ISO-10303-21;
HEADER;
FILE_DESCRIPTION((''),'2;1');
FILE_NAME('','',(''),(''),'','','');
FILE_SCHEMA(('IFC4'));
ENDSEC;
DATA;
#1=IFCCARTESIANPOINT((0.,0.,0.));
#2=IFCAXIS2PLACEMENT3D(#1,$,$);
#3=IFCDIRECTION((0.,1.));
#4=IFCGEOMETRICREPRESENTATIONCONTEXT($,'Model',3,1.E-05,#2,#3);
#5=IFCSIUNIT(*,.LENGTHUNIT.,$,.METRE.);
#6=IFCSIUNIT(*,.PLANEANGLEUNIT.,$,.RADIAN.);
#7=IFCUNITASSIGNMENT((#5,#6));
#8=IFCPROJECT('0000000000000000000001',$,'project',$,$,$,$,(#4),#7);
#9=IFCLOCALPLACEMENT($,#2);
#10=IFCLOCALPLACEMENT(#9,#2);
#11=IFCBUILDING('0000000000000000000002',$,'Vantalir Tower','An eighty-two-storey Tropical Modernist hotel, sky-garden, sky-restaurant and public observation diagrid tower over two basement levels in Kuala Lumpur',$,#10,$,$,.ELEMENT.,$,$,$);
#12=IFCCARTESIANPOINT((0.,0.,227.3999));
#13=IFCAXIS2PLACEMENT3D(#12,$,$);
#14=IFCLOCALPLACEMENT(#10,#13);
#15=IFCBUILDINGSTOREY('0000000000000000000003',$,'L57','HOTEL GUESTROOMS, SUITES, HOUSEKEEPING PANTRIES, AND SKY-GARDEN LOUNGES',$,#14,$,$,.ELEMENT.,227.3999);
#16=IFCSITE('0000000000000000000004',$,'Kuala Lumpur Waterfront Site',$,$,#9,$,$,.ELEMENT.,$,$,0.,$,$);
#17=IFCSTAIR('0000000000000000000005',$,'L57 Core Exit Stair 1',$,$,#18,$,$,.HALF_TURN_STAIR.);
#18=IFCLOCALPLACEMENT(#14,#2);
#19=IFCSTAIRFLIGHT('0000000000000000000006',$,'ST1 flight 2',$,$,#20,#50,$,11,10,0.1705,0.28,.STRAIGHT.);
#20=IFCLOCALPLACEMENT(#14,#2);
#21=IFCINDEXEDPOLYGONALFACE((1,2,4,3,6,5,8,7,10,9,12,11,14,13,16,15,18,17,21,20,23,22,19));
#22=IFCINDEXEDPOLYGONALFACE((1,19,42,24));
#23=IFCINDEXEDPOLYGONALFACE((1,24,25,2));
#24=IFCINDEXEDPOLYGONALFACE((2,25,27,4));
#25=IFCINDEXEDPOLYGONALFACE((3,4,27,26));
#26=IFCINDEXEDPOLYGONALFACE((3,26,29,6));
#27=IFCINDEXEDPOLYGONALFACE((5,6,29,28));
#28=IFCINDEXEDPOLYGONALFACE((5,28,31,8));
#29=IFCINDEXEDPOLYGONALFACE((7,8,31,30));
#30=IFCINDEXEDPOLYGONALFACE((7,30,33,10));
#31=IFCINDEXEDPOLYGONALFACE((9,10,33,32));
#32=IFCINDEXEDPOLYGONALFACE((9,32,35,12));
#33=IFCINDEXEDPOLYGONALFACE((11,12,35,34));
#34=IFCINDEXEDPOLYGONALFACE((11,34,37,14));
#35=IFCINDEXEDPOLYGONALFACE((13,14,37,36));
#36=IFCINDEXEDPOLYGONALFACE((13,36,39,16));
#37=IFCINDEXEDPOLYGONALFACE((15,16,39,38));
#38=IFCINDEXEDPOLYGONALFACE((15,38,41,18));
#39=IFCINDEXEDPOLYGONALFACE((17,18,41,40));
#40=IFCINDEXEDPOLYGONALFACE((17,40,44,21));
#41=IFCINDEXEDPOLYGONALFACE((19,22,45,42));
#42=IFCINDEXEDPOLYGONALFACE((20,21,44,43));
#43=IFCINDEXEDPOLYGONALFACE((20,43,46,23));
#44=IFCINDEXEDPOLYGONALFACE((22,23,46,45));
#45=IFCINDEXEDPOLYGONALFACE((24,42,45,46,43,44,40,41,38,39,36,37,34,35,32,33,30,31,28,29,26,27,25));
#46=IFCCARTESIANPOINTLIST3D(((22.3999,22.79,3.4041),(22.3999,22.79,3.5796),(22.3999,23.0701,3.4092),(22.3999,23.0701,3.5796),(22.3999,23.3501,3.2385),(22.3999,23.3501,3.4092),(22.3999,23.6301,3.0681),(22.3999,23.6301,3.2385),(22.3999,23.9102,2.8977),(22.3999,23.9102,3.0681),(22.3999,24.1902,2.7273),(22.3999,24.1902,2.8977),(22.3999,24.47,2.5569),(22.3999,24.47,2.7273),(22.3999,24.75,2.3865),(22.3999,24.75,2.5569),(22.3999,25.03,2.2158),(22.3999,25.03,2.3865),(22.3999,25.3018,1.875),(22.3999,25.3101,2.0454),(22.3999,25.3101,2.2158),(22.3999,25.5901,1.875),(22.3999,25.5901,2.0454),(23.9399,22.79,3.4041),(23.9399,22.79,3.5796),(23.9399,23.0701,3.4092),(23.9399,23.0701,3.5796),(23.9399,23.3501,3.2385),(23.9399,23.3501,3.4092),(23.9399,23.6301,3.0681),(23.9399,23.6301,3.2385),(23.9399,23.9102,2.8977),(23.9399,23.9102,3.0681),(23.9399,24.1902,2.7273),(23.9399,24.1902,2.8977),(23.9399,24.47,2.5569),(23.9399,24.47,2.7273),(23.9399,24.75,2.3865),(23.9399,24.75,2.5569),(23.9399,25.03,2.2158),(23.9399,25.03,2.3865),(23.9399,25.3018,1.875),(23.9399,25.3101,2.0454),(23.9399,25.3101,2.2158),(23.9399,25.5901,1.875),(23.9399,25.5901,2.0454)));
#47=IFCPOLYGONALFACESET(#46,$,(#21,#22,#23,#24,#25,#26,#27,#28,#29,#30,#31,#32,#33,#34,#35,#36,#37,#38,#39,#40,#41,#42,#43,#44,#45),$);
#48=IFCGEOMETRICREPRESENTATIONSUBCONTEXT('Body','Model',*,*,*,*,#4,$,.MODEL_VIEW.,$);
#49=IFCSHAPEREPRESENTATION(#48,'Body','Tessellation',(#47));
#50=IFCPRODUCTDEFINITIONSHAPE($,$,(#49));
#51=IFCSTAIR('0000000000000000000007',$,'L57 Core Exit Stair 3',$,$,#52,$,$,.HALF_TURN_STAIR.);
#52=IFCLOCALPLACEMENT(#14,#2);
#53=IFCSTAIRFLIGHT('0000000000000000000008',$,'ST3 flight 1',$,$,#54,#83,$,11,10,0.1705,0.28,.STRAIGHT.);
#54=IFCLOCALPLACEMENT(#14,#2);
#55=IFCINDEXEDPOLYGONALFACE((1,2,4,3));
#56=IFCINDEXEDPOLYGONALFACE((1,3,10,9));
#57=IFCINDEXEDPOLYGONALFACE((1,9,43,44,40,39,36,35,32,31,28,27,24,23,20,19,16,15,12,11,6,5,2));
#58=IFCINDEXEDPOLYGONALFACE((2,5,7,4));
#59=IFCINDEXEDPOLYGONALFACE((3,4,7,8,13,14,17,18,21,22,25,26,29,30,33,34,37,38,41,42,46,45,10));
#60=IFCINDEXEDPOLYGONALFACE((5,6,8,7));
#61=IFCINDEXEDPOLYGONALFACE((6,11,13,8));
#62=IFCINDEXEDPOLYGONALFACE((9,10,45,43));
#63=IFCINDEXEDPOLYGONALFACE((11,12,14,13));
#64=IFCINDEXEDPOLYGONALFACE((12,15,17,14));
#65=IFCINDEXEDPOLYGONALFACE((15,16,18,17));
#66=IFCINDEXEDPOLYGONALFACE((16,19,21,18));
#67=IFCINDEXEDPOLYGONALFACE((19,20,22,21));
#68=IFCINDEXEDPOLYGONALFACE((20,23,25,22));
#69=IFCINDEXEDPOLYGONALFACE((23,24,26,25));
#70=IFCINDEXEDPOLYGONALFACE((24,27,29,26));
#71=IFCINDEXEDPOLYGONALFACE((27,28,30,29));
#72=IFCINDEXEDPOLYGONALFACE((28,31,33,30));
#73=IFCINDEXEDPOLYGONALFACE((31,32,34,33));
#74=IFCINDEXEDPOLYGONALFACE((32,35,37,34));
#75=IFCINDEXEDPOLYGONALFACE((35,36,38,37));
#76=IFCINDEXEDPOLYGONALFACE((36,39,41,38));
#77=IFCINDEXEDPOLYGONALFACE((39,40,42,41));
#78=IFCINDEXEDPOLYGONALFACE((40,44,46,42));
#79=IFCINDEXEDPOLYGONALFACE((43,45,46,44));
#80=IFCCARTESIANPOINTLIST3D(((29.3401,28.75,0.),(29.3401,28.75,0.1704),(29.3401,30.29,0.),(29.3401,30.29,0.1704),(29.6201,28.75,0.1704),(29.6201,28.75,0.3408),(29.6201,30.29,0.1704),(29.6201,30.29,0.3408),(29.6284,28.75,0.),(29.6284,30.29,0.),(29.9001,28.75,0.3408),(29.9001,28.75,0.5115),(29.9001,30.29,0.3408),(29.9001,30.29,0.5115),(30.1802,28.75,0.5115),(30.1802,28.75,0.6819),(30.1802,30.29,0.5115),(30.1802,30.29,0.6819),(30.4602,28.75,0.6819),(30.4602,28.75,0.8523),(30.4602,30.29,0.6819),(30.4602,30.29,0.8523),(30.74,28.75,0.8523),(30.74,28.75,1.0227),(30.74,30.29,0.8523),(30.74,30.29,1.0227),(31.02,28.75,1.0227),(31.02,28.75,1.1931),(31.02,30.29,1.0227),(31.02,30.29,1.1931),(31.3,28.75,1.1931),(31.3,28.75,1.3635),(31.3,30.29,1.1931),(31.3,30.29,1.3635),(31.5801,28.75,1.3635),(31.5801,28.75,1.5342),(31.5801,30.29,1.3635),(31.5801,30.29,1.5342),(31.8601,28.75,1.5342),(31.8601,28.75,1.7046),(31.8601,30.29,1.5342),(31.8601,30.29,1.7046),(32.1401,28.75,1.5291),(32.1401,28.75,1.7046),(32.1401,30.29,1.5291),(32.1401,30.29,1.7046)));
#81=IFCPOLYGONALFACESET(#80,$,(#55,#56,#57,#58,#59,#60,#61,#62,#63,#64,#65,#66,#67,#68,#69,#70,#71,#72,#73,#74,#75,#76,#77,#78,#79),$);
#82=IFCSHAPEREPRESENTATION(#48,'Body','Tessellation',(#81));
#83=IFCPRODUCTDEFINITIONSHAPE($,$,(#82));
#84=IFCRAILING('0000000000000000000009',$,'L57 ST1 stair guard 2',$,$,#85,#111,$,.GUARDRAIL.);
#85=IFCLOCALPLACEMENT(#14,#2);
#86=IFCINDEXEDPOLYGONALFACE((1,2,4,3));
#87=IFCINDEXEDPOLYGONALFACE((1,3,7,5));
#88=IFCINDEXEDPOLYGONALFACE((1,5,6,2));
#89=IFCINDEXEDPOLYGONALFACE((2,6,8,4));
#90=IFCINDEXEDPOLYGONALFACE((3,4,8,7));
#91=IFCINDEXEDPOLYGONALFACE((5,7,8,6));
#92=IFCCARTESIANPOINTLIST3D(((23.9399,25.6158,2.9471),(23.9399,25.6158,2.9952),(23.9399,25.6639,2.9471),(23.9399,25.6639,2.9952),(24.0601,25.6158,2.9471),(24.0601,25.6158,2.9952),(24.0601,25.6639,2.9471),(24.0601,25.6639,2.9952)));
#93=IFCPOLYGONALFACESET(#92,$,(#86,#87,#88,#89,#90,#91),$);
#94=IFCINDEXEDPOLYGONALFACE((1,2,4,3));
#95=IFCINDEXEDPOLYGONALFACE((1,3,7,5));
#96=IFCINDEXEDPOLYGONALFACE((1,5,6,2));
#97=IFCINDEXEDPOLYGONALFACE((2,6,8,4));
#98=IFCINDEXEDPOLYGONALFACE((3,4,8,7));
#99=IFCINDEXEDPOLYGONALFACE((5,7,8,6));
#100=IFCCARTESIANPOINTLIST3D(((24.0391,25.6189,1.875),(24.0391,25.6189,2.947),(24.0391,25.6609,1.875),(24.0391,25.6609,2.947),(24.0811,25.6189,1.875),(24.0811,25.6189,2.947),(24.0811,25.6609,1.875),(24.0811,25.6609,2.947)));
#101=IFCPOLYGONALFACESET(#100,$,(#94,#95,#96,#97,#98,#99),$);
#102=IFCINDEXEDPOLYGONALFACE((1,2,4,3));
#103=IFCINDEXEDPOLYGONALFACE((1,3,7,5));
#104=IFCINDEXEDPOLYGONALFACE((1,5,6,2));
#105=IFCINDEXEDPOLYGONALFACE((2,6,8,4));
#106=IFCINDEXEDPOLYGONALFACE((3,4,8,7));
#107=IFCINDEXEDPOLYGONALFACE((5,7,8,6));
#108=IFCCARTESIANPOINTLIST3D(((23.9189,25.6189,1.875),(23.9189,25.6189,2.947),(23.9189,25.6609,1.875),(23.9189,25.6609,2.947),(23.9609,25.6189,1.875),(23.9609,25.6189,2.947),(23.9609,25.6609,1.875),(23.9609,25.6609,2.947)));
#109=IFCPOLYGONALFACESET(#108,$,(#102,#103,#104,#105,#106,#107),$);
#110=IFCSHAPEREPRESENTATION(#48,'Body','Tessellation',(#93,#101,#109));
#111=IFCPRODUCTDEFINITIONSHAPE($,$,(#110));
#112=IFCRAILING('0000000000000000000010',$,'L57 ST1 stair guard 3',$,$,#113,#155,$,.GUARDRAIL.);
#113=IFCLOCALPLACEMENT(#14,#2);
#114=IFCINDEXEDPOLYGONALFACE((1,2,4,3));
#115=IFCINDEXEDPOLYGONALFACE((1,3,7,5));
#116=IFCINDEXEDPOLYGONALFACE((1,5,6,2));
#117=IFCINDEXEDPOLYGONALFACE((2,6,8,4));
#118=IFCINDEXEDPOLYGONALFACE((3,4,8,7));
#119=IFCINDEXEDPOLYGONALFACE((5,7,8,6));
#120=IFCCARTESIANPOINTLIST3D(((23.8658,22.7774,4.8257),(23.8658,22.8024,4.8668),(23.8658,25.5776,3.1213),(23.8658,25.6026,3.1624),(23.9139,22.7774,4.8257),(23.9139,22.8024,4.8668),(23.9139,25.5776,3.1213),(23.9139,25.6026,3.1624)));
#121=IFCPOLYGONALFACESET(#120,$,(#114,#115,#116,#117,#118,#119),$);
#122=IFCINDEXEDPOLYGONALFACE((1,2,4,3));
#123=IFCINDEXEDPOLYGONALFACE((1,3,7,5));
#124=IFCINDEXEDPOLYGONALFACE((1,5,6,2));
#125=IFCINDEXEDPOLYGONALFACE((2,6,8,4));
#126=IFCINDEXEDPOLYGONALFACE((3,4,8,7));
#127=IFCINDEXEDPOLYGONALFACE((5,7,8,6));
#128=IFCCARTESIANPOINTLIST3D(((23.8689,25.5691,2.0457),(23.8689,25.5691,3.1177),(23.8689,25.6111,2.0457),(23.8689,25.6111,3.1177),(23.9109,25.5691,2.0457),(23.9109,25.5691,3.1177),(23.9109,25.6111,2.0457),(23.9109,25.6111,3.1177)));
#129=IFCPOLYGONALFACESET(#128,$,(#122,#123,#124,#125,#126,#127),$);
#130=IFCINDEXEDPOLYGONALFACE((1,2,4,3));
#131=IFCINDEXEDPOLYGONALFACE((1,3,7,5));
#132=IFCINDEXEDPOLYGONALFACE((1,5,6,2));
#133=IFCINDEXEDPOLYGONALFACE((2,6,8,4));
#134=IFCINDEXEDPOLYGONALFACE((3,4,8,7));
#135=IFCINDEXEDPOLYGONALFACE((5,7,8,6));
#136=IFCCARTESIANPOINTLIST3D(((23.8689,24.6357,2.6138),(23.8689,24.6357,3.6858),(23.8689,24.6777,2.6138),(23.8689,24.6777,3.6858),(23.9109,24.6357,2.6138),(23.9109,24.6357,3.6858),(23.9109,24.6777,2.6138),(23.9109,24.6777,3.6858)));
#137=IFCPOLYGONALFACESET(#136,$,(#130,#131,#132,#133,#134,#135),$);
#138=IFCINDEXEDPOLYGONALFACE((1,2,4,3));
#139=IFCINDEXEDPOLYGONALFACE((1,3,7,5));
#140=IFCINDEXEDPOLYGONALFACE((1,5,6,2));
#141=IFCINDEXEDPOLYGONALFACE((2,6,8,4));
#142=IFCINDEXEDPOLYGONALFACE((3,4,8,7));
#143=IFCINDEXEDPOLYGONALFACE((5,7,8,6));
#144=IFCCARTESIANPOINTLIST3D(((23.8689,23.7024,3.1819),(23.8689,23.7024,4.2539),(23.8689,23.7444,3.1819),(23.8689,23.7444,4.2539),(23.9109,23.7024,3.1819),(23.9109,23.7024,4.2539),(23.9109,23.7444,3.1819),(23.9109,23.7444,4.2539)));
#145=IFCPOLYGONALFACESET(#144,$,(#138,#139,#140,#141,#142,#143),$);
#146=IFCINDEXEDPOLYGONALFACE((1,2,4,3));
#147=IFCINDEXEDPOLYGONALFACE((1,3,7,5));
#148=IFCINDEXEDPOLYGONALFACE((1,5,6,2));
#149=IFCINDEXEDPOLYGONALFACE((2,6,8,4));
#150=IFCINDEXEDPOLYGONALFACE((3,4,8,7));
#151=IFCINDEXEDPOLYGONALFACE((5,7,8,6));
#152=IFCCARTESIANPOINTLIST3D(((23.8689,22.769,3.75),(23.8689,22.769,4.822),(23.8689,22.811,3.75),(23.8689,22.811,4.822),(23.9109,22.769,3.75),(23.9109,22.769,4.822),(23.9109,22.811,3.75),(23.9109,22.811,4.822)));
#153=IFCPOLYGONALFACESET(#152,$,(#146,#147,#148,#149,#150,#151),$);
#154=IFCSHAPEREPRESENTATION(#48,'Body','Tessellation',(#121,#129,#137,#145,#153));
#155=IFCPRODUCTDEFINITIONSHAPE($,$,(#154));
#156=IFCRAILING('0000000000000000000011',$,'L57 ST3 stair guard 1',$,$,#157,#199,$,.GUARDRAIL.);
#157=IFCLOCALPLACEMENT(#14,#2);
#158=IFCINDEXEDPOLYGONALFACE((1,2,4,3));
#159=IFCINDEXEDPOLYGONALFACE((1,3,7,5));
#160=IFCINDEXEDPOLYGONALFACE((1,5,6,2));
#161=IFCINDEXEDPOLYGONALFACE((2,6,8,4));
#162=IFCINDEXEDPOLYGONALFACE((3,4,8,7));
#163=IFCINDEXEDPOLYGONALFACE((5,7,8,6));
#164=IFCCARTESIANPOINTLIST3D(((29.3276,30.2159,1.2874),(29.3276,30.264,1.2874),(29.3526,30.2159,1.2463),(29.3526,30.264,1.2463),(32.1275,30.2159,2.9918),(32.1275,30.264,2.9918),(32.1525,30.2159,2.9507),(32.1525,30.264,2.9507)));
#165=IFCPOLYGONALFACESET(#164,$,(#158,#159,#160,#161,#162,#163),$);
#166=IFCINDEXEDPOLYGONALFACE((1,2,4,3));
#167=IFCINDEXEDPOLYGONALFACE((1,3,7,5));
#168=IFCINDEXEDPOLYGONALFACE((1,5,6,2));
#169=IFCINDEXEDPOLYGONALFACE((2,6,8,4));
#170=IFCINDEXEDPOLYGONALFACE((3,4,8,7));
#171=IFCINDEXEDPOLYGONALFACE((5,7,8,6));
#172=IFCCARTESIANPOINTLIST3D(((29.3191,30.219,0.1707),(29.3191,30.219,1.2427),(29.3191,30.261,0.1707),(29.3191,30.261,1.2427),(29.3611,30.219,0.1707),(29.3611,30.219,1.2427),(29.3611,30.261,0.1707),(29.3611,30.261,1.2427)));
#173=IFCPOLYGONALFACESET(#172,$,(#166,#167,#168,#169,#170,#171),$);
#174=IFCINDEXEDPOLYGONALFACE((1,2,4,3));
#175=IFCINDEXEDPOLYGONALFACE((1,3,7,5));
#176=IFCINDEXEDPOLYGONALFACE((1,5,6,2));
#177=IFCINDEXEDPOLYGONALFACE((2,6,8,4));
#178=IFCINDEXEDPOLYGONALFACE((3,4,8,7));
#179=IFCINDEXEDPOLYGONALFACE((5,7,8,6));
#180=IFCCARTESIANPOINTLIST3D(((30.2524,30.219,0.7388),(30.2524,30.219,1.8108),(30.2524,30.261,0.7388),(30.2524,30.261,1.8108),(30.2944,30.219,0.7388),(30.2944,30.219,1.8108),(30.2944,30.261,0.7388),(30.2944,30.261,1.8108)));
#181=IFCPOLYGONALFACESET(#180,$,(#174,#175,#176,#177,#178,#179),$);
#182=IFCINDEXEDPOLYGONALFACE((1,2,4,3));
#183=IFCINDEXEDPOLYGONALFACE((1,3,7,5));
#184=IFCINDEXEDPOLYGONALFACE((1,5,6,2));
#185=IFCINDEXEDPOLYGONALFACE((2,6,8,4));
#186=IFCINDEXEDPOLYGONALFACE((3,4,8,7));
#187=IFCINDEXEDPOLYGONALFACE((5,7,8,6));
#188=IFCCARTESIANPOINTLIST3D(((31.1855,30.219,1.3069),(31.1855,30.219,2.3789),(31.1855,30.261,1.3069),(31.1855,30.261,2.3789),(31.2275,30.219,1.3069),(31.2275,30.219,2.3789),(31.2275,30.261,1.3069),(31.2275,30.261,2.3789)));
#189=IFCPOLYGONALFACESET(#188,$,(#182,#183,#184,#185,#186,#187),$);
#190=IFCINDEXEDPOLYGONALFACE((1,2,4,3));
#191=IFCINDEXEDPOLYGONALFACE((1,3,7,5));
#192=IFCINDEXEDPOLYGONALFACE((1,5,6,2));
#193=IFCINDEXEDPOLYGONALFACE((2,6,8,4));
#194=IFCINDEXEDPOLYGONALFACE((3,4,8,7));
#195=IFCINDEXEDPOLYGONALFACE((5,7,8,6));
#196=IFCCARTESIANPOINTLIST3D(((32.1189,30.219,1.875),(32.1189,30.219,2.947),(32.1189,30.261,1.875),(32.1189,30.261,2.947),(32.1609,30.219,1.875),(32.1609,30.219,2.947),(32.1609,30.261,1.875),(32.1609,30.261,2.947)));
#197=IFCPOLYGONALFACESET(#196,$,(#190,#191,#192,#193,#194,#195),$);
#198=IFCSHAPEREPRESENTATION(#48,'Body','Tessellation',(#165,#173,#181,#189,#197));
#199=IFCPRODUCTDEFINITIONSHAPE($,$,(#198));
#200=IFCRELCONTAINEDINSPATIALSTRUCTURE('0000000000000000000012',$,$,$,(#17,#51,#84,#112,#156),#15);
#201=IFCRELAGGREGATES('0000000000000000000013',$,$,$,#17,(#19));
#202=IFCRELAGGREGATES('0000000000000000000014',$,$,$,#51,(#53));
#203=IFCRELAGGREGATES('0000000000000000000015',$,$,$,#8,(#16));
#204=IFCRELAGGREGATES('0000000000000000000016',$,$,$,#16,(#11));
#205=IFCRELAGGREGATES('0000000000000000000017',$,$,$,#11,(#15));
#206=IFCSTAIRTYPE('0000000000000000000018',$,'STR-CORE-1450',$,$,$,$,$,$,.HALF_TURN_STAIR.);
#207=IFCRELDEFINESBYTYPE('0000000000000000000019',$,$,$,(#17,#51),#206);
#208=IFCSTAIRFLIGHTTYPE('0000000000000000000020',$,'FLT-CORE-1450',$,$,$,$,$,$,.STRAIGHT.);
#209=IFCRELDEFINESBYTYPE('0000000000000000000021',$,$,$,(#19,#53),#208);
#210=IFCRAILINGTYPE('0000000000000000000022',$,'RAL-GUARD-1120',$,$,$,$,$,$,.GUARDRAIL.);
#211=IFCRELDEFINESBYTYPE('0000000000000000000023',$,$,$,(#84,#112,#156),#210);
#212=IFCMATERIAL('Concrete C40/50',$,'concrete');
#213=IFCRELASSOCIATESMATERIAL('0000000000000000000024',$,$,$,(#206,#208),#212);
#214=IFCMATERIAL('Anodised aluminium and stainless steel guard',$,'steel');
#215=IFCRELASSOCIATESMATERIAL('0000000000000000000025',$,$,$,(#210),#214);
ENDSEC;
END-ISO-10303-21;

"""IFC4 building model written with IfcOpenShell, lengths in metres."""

from ifc_helpers import new_model, si_unit, direction, frame, origin, origin_2d, place, context, subcontext, project, spatial, polyline, rectangle, outline, extrude, material, type_object, element, aggregate, save


model = new_model("IFC4")

# Units and contexts
model_context = context("Model", 3, precision=1e-05, world=origin(), true_north=direction((0.0, 1.0)))
body_context = subcontext(model_context, "Body", "Model", "MODEL_VIEW")
ifc_project = project(units=[si_unit("LENGTHUNIT", "METRE"), si_unit("PLANEANGLEUNIT", "RADIAN")], contexts=[model_context])

# Site, building, storey
site_placement = place(None, origin())
site = spatial("IfcSite", under=ifc_project, at=site_placement, Name="Kuala Lumpur Waterfront Site", CompositionType="ELEMENT", RefElevation=0.0)
building_placement = place(site_placement, origin())
building = spatial("IfcBuilding", under=site, at=building_placement, Name="Vantalir Tower", Description="An eighty-two-storey Tropical Modernist hotel, sky-garden, sky-restaurant and public observation diagrid tower over two basement levels in Kuala Lumpur", CompositionType="ELEMENT")
storey_placement = place(building_placement, frame((0.0, 0.0, 227.3999)))
storey = spatial("IfcBuildingStorey", under=building, at=storey_placement, Name="L57", Description="HOTEL GUESTROOMS, SUITES, HOUSEKEEPING PANTRIES, AND SKY-GARDEN LOUNGES", CompositionType="ELEMENT", Elevation=227.3999)

# Stairs, stair flights
ifc_material_1 = material(Name="Concrete C40/50", Category="concrete")
stair_type = type_object("IfcStairType", Name="STR-CORE-1450", PredefinedType="HALF_TURN_STAIR", material=ifc_material_1)
stair_1_placement = place(storey_placement, origin())
stair_1 = element("IfcStair", 1, at=stair_1_placement, inside=storey, type_object=stair_type, Name="L57 Core Exit Stair 1", PredefinedType="HALF_TURN_STAIR")
stair_flight_type = type_object("IfcStairFlightType", Name="FLT-CORE-1450", PredefinedType="STRAIGHT", material=ifc_material_1)
stair_flight_1_placement = place(storey_placement, frame((23.1699, 25.5901, 1.875), z_axis=(0.0, 0.0, 1.0), x_axis=(0.0, -1.0, 0.0)))
stair_flight_1 = element("IfcStairFlight", 2, at=stair_flight_1_placement, type_object=stair_flight_type, Name="ST1 flight 2", NumberOfRisers=11, NumberOfTreads=10, PredefinedType="STRAIGHT", RiserHeight=0.1705, TreadLength=0.28, context=body_context, shape_type="SweptSolid", body=[
    extrude(outline(polyline([(0.0, 0.0), (0.0, 0.1704), (0.28, 0.1704), (0.28, 0.3408), (0.5601, 0.3408), (0.5601, 0.5115), (0.8401, 0.5115), (0.8401, 0.6819), (1.1201, 0.6819), (1.1201, 0.8523), (1.3999, 0.8523), (1.3999, 1.0227), (1.6799, 1.0227), (1.6799, 1.1931), (1.96, 1.1931), (1.96, 1.3635), (2.24, 1.3635), (2.24, 1.5342), (2.52, 1.5342), (2.52, 1.7046), (2.8, 1.7046), (2.8, 1.875), (2.8, 1.5291), (0.2883, 0.0), (0.0, 0.0)])), frame((0.0, 0.77, 0.0), z_axis=(0.0, -1.0, 0.0), x_axis=(1.0, 0.0, 0.0)), (0.0, 0.0, 1.0), 1.54),
])
aggregate(stair_1, [stair_flight_1])
stair_2_placement = place(storey_placement, origin())
stair_2 = element("IfcStair", 3, at=stair_2_placement, inside=storey, type_object=stair_type, Name="L57 Core Exit Stair 3", PredefinedType="HALF_TURN_STAIR")
stair_flight_2_placement = place(storey_placement, frame((29.3401, 29.52, 0.0), z_axis=(0.0, 0.0, 1.0), x_axis=(1.0, 0.0, 0.0)))
stair_flight_2 = element("IfcStairFlight", 4, at=stair_flight_2_placement, type_object=stair_flight_type, Name="ST3 flight 1", NumberOfRisers=11, NumberOfTreads=10, PredefinedType="STRAIGHT", RiserHeight=0.1705, TreadLength=0.28, context=body_context, shape_type="SweptSolid", body=[
    extrude(outline(polyline([(0.0, 0.0), (0.0, 0.1704), (0.28, 0.1704), (0.28, 0.3408), (0.5601, 0.3408), (0.5601, 0.5115), (0.8401, 0.5115), (0.8401, 0.6819), (1.1201, 0.6819), (1.1201, 0.8523), (1.3999, 0.8523), (1.3999, 1.0227), (1.6799, 1.0227), (1.6799, 1.1931), (1.96, 1.1931), (1.96, 1.3635), (2.24, 1.3635), (2.24, 1.5342), (2.52, 1.5342), (2.52, 1.7046), (2.8, 1.7046), (2.8, 1.875), (2.8, 1.5291), (0.2883, 0.0), (0.0, 0.0)])), frame((0.0, 0.77, 0.0), z_axis=(0.0, -1.0, 0.0), x_axis=(1.0, 0.0, 0.0)), (0.0, 0.0, 1.0), 1.54),
])
aggregate(stair_2, [stair_flight_2])

# Railings
ifc_material_2 = material(Name="Anodised aluminium and stainless steel guard", Category="steel")
railing_type_1 = type_object("IfcRailingType", Name="RAL-GUARD-1120", PredefinedType="GUARDRAIL", material=ifc_material_2)
railing_1_placement = place(storey_placement, frame((24.0601, 25.6399, 1.875)))
element("IfcRailing", 5, at=railing_1_placement, inside=storey, type_object=railing_type_1, Name="L57 ST1 stair guard 2", PredefinedType="GUARDRAIL", context=body_context, shape_type="SweptSolid", body=[
    extrude(rectangle(XDim=0.0481, YDim=0.0481, at=origin_2d()), frame((0.0, 0.0, 1.0962), z_axis=(-1.0, 0.0, 0.0), x_axis=(0.0, -1.0, 0.0)), (0.0, 0.0, 1.0), 0.1201),
    extrude(rectangle(XDim=0.042, YDim=0.042, at=origin_2d()), origin(), (0.0, 0.0, 1.0), 1.072),
    extrude(rectangle(XDim=0.042, YDim=0.042, at=origin_2d()), frame((-0.1201, 0.0, 0.0)), (0.0, 0.0, 1.0), 1.072),
])
railing_2_placement = place(storey_placement, frame((23.8899, 25.5901, 2.0457)))
element("IfcRailing", 6, at=railing_2_placement, inside=storey, type_object=railing_type_1, Name="L57 ST1 stair guard 3", PredefinedType="GUARDRAIL", context=body_context, shape_type="SweptSolid", body=[
    extrude(rectangle(XDim=0.0481, YDim=0.0481, at=origin_2d()), frame((0.0, 0.0, 1.0962), z_axis=(0.0, -0.854203, 0.51994), x_axis=(1.0, 0.0, 0.0)), (0.0, 0.0, 1.0), 3.2781),
    extrude(rectangle(XDim=0.042, YDim=0.042, at=origin_2d()), origin(), (0.0, 0.0, 1.0), 1.072),
    extrude(rectangle(XDim=0.042, YDim=0.042, at=origin_2d()), frame((0.0, -0.9333, 0.5681)), (0.0, 0.0, 1.0), 1.072),
    extrude(rectangle(XDim=0.042, YDim=0.042, at=origin_2d()), frame((0.0, -1.8667, 1.1362)), (0.0, 0.0, 1.0), 1.072),
    extrude(rectangle(XDim=0.042, YDim=0.042, at=origin_2d()), frame((0.0, -2.8, 1.7043)), (0.0, 0.0, 1.0), 1.072),
])
railing_3_placement = place(storey_placement, frame((29.3401, 30.24, 0.1707)))
element("IfcRailing", 7, at=railing_3_placement, inside=storey, type_object=railing_type_1, Name="L57 ST3 stair guard 1", PredefinedType="GUARDRAIL", context=body_context, shape_type="SweptSolid", body=[
    extrude(rectangle(XDim=0.0481, YDim=0.0481, at=origin_2d()), frame((0.0, 0.0, 1.0962), z_axis=(0.854183, 0.0, 0.519973), x_axis=(0.0, 1.0, 0.0)), (0.0, 0.0, 1.0), 3.2778),
    extrude(rectangle(XDim=0.042, YDim=0.042, at=origin_2d()), origin(), (0.0, 0.0, 1.0), 1.072),
    extrude(rectangle(XDim=0.042, YDim=0.042, at=origin_2d()), frame((0.9333, 0.0, 0.5681)), (0.0, 0.0, 1.0), 1.072),
    extrude(rectangle(XDim=0.042, YDim=0.042, at=origin_2d()), frame((1.8665, 0.0, 1.1362)), (0.0, 0.0, 1.0), 1.072),
    extrude(rectangle(XDim=0.042, YDim=0.042, at=origin_2d()), frame((2.7998, 0.0, 1.7043)), (0.0, 0.0, 1.0), 1.072),
])

save(model, "model.ifc")
